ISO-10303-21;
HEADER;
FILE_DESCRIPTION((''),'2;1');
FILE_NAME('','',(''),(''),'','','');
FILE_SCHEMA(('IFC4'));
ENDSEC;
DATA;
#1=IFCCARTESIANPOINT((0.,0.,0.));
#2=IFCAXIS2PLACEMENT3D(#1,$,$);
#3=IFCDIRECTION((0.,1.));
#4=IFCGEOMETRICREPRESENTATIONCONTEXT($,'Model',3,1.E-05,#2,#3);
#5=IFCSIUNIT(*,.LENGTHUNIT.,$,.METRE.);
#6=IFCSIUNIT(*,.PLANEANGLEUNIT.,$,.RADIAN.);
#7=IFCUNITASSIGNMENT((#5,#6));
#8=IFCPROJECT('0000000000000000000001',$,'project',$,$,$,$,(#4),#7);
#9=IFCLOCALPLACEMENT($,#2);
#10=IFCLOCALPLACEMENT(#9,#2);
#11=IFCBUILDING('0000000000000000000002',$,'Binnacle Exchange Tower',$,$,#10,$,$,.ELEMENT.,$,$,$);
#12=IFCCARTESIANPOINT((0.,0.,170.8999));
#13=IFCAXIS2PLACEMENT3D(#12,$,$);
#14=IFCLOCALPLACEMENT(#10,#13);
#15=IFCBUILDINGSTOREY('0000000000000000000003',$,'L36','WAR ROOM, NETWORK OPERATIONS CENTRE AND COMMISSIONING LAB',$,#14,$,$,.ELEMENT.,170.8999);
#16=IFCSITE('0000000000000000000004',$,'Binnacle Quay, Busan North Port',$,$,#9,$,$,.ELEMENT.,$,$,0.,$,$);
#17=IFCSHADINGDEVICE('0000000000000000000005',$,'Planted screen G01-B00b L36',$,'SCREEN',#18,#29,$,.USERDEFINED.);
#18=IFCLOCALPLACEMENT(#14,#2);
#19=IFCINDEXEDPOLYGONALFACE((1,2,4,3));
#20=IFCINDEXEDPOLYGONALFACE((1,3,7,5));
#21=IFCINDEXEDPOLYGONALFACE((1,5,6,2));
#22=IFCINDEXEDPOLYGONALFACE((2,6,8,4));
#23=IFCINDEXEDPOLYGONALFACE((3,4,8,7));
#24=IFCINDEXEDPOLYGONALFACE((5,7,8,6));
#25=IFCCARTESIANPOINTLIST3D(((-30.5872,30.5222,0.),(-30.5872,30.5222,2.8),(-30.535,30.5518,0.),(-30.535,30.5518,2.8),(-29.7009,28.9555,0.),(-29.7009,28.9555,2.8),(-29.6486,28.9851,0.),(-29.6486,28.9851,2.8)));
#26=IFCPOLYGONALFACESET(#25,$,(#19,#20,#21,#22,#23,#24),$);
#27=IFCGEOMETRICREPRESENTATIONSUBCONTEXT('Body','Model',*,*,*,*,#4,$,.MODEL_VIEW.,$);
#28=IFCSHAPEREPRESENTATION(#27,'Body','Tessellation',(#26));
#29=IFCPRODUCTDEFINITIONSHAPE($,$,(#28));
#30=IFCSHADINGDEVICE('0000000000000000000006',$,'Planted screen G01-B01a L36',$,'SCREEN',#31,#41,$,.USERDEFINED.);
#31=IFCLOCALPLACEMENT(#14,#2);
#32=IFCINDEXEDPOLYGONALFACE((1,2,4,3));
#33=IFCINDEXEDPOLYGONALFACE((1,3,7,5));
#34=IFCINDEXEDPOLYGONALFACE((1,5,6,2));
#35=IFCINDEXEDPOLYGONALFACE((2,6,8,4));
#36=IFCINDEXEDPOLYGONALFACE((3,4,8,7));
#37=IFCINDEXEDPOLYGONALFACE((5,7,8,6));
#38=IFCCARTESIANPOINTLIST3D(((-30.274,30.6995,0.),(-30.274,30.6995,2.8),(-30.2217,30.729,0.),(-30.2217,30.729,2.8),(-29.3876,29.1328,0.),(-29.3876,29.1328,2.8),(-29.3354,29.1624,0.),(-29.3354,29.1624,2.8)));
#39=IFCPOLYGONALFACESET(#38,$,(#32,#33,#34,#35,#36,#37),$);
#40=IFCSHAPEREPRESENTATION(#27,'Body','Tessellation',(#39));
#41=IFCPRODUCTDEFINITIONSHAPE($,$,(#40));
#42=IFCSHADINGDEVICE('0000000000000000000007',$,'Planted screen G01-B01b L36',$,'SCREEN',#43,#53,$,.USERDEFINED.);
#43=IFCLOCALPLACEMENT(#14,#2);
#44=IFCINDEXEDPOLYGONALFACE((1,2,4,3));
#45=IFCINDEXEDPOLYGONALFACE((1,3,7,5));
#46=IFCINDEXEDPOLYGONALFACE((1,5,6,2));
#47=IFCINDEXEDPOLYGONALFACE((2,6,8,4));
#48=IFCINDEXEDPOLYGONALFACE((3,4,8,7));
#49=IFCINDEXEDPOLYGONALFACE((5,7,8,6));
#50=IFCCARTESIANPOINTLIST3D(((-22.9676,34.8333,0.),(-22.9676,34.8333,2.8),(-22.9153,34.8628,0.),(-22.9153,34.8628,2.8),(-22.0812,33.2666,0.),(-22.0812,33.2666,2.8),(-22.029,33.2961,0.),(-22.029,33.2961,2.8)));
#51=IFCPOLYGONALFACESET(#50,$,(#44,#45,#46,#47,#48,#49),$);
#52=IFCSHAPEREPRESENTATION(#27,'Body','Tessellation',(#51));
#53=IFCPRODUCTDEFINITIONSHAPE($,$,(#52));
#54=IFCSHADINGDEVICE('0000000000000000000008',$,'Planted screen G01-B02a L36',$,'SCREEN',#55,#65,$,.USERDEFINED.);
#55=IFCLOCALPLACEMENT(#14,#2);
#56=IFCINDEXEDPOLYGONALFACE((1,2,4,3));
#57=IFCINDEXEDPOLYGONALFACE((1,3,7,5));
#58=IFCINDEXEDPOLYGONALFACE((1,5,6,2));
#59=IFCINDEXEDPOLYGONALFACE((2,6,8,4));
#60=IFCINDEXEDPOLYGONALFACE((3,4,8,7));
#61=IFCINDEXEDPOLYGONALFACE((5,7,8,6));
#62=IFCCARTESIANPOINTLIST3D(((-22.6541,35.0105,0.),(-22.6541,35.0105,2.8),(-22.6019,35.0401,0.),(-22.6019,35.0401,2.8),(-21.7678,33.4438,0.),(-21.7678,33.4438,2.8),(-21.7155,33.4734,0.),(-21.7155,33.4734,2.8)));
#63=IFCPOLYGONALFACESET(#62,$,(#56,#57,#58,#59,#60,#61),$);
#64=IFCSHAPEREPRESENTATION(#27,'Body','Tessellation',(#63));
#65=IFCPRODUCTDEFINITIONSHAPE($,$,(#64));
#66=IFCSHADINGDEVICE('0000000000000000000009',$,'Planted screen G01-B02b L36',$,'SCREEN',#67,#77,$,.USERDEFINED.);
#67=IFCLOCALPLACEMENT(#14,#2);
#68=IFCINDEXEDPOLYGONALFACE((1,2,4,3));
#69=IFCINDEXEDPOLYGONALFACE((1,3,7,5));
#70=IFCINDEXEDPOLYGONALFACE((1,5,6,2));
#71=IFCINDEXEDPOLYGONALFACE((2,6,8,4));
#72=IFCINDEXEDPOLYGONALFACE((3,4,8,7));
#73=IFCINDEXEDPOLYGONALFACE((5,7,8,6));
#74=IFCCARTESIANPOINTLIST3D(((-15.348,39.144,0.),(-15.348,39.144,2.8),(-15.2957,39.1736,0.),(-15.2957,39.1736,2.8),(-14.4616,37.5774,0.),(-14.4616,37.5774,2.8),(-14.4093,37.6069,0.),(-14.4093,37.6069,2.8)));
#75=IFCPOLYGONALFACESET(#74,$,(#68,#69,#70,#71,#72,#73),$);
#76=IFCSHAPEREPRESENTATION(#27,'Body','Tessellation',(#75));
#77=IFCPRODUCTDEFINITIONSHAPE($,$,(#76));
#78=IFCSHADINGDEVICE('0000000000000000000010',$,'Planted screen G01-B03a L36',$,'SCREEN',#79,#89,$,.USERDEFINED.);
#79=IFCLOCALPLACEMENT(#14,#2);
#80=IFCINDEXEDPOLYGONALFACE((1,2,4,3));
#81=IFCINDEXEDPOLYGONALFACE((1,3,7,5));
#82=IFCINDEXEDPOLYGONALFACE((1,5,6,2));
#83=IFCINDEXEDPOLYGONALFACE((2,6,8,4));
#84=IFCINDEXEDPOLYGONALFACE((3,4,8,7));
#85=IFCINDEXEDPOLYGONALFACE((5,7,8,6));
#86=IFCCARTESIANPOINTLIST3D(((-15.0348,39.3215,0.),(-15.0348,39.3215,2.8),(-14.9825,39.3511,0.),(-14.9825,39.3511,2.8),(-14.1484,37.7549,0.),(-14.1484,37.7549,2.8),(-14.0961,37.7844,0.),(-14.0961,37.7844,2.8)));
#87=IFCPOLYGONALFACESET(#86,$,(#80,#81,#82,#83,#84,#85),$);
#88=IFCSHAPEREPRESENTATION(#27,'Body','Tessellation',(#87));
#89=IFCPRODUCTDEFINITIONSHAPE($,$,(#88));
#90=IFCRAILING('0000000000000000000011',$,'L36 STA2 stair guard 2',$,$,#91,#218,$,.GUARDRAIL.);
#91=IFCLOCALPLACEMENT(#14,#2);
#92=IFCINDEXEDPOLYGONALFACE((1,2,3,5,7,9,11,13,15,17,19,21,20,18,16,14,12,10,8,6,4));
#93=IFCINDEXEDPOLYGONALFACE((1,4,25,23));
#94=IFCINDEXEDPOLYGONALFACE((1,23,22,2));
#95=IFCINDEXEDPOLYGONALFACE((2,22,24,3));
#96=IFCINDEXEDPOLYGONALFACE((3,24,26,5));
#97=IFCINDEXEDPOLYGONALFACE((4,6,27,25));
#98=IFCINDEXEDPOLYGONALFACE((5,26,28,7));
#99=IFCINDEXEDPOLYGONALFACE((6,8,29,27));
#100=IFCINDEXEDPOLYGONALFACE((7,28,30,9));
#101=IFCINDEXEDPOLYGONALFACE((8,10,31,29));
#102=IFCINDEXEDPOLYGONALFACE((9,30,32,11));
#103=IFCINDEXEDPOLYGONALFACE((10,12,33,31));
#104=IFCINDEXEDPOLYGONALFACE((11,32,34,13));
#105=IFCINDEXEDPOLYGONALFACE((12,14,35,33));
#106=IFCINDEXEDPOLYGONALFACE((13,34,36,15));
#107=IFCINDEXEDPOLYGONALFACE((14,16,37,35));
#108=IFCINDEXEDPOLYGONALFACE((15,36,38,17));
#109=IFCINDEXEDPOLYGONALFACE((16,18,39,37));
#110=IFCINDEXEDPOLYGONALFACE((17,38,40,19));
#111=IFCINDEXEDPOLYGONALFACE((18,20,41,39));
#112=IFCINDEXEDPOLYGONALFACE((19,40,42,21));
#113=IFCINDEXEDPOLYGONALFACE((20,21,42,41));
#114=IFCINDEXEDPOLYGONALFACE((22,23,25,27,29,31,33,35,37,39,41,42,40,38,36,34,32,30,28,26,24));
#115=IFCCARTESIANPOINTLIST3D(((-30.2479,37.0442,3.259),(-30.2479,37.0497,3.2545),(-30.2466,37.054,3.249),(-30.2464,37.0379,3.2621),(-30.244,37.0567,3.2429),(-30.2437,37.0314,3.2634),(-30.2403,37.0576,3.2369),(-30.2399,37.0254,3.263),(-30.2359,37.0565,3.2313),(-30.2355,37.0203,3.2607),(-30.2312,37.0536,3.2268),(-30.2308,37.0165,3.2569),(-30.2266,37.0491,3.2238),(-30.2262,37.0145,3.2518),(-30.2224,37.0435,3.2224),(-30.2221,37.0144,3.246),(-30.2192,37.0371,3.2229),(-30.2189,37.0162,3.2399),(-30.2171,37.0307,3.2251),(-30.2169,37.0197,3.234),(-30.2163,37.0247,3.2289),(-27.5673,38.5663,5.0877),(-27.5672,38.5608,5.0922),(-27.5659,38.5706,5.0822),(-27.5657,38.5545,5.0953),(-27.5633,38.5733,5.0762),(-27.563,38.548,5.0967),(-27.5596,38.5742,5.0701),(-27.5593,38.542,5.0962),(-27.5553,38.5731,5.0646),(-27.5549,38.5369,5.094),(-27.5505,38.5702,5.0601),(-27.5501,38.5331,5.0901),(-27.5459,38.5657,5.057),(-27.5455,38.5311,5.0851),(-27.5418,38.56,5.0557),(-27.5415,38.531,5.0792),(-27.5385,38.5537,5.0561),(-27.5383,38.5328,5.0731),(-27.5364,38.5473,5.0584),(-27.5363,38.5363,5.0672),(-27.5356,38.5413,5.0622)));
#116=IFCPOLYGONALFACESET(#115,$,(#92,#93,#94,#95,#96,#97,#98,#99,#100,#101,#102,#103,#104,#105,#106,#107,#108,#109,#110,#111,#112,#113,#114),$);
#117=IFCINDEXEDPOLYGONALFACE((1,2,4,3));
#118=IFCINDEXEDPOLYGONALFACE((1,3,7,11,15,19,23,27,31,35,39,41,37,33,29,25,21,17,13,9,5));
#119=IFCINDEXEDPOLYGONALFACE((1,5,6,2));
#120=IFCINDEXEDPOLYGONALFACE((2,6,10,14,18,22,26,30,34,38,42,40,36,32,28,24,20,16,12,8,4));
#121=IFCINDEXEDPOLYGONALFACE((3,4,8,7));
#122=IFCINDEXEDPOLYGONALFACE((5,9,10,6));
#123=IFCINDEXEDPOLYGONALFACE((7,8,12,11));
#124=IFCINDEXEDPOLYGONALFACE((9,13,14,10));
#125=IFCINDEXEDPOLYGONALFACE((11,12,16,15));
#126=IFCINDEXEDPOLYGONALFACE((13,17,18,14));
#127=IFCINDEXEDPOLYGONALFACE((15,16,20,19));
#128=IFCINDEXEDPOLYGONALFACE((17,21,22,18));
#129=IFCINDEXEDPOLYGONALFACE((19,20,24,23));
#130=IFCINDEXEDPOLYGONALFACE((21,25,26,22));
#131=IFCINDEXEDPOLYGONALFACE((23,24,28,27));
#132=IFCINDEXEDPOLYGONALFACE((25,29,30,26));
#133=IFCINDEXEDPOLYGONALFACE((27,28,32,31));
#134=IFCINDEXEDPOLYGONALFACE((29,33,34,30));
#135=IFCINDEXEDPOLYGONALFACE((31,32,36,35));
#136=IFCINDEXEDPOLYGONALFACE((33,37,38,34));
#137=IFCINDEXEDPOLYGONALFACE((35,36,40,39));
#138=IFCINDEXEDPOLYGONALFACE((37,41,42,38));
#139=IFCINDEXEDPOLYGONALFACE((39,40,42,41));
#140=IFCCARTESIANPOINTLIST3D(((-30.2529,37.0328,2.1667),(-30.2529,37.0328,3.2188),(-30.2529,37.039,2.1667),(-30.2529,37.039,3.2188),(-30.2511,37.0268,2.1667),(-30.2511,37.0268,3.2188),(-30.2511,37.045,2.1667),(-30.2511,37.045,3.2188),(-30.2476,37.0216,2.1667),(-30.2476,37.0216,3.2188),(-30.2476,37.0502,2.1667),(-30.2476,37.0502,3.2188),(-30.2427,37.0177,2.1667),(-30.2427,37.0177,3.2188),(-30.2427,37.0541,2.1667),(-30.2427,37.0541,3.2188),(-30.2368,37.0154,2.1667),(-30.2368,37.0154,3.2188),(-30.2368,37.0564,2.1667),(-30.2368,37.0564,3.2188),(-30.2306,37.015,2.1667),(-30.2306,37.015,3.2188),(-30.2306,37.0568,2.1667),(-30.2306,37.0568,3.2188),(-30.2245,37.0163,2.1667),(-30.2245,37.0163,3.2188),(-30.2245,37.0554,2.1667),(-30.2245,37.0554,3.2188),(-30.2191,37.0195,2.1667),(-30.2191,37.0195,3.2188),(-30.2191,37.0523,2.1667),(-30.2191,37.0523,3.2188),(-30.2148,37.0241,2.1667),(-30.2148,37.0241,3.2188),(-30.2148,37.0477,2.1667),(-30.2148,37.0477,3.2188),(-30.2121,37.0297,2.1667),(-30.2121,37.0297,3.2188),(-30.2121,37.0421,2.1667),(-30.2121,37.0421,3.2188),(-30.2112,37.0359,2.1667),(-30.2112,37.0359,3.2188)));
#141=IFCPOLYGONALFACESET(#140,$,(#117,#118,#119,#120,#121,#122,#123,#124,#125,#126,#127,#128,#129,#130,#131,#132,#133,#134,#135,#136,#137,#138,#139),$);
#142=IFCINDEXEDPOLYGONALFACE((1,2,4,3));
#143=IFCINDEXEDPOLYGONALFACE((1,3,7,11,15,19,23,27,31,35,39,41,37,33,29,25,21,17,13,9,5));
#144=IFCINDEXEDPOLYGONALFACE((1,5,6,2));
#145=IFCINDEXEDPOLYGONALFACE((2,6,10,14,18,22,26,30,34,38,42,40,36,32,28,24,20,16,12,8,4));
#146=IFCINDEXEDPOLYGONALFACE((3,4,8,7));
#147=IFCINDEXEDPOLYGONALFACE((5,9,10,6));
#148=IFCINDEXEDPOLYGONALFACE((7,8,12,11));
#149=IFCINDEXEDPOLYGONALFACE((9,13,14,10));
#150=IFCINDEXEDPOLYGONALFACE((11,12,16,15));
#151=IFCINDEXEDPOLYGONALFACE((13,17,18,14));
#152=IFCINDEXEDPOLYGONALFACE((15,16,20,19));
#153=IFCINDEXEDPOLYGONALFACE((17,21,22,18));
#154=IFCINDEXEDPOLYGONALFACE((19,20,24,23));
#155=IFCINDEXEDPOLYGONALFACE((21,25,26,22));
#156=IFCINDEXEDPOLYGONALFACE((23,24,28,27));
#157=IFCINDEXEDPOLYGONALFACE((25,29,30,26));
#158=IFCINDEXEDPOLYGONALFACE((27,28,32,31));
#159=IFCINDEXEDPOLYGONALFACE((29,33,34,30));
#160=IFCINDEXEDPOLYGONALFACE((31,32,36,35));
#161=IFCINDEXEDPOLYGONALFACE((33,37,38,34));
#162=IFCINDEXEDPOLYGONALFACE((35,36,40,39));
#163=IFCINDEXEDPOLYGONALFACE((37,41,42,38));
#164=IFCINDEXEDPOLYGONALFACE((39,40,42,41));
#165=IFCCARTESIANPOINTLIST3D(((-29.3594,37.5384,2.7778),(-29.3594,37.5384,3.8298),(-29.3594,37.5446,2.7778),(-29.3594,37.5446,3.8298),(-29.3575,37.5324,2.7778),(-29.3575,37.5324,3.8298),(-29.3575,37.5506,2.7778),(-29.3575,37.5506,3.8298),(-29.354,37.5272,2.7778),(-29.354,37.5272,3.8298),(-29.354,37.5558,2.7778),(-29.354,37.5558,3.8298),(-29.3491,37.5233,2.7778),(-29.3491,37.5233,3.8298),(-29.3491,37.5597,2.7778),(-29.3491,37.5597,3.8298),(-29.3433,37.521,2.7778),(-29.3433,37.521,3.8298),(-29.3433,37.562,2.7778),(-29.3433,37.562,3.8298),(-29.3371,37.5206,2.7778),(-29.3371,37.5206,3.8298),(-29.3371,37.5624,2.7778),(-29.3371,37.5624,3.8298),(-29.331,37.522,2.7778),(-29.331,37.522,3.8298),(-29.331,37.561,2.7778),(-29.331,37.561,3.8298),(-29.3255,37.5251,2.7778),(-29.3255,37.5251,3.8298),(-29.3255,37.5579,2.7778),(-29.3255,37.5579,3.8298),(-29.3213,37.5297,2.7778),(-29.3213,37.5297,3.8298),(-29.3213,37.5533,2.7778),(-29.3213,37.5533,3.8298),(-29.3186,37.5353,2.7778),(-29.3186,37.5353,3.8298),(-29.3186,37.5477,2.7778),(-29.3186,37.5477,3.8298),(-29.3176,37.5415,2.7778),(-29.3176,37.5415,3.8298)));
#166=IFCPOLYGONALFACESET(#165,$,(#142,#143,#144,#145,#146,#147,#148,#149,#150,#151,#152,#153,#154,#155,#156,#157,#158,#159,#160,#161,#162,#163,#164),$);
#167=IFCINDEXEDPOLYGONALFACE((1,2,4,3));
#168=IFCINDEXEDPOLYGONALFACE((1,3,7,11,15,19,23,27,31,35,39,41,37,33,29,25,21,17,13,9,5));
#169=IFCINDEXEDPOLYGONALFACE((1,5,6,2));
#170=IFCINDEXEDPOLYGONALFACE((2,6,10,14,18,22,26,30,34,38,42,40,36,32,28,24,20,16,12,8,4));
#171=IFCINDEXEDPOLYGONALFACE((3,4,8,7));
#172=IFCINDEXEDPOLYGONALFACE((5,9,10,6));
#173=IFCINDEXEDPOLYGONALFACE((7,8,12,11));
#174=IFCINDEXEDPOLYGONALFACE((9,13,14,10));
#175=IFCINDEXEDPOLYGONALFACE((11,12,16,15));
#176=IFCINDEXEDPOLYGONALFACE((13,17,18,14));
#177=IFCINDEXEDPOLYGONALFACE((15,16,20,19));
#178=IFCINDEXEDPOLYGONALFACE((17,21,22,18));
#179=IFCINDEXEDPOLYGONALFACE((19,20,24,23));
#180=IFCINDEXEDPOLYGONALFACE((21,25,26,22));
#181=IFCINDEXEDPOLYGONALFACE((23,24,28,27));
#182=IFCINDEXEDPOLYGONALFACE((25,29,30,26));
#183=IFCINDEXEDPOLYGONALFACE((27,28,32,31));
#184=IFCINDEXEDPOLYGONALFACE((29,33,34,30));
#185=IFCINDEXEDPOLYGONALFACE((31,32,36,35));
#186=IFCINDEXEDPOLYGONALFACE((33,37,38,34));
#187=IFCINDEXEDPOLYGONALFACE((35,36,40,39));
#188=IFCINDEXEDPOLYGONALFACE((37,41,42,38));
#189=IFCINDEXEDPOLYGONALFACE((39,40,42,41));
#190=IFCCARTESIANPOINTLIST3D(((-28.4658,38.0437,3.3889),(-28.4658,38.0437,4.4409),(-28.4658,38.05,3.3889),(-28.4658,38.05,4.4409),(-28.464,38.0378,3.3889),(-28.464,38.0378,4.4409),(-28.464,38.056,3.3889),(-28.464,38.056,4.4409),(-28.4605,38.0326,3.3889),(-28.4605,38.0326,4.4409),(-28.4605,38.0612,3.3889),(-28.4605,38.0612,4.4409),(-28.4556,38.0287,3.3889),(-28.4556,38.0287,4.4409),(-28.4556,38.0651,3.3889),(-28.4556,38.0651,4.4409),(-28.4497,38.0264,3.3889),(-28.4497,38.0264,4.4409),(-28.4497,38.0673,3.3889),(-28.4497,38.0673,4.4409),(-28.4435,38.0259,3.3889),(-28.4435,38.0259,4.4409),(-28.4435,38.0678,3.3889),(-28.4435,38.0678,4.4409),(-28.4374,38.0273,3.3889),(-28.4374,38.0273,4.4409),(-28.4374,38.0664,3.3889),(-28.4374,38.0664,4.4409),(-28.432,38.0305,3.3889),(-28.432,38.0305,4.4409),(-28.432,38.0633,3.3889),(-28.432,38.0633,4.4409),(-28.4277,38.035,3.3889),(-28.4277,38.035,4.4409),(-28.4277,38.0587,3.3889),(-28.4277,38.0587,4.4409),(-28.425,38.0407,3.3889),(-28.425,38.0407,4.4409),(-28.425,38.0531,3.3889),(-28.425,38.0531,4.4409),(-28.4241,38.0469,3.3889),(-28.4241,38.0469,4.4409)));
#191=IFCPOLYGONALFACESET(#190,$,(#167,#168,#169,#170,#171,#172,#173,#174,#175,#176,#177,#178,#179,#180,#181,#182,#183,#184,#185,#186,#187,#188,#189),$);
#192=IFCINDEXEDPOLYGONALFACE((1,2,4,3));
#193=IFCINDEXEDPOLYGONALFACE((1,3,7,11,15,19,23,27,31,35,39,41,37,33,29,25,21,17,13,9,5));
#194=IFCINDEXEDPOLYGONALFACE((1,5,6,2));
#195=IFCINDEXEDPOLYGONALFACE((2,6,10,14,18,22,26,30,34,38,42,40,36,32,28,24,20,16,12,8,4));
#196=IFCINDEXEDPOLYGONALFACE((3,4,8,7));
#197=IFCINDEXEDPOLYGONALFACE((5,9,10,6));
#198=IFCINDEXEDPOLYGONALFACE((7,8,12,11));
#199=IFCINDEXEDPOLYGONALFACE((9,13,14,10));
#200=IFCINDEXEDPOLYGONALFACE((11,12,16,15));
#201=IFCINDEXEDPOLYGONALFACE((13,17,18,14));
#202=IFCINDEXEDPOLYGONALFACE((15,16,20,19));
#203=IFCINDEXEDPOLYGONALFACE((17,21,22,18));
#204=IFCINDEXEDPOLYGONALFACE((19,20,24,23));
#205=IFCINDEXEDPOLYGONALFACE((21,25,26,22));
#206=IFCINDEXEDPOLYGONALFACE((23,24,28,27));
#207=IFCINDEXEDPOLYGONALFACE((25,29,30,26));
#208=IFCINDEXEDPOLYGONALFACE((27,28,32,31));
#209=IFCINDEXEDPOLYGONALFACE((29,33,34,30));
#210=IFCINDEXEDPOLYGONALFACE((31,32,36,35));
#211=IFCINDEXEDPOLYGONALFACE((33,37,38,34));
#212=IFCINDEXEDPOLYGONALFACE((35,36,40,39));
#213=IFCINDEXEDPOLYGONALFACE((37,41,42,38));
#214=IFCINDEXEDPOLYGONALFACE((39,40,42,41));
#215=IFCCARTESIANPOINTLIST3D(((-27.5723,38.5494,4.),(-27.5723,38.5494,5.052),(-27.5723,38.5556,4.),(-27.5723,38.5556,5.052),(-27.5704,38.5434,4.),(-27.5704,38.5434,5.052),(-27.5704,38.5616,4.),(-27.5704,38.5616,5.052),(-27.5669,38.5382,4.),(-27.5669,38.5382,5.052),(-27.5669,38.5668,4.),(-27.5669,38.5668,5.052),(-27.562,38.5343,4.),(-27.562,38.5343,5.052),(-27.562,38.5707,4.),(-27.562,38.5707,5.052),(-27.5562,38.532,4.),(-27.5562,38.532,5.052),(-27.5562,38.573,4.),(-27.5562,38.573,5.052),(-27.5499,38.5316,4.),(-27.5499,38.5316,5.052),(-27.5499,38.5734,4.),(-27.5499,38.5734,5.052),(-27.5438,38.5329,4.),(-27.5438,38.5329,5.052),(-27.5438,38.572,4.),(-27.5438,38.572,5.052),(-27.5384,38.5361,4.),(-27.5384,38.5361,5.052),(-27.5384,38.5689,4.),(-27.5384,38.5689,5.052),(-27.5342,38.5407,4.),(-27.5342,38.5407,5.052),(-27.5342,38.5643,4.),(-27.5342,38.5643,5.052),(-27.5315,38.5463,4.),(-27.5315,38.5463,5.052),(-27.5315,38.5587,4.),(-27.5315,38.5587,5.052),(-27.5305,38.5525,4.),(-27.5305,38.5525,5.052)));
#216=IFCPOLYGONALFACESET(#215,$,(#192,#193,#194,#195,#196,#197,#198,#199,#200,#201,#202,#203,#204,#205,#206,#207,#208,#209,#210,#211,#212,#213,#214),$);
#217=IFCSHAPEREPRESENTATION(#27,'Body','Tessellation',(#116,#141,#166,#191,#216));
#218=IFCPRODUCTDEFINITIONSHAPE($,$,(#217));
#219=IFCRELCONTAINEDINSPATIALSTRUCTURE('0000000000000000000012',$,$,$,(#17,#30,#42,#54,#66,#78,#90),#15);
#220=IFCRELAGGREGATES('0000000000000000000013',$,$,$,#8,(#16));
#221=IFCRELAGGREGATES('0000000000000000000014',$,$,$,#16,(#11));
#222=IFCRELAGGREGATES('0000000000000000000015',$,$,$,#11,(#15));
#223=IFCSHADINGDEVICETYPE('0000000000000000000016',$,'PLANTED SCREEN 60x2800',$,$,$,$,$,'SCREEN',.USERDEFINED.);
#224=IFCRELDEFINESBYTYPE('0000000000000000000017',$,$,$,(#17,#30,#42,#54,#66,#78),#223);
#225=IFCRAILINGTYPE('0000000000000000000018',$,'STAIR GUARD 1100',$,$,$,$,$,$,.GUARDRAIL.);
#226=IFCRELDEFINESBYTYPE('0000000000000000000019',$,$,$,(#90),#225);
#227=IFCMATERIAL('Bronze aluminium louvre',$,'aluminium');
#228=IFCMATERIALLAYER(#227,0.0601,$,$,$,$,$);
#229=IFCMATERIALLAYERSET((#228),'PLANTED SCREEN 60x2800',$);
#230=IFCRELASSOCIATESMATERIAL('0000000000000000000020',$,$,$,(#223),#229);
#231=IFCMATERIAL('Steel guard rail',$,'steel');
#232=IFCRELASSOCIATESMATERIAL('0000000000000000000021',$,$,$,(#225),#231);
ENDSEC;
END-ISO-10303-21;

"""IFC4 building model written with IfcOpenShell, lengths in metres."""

from ifc_helpers import new_model, si_unit, direction, frame, origin, origin_2d, place, context, subcontext, project, spatial, rectangle, circle, extrude, material, layer, layer_set, type_object, element, save


model = new_model("IFC4")

# Units and contexts
model_context = context("Model", 3, precision=1e-05, world=origin(), true_north=direction((0.0, 1.0)))
body_context = subcontext(model_context, "Body", "Model", "MODEL_VIEW")
ifc_project = project(units=[si_unit("LENGTHUNIT", "METRE"), si_unit("PLANEANGLEUNIT", "RADIAN")], contexts=[model_context])

# Site, building, storey
site_placement = place(None, origin())
site = spatial("IfcSite", under=ifc_project, at=site_placement, Name="Binnacle Quay, Busan North Port", CompositionType="ELEMENT", RefElevation=0.0)
building_placement = place(site_placement, origin())
building = spatial("IfcBuilding", under=site, at=building_placement, Name="Binnacle Exchange Tower", CompositionType="ELEMENT")
storey_placement = place(building_placement, frame((0.0, 0.0, 170.8999)))
storey = spatial("IfcBuildingStorey", under=building, at=storey_placement, Name="L36", Description="WAR ROOM, NETWORK OPERATIONS CENTRE AND COMMISSIONING LAB", CompositionType="ELEMENT", Elevation=170.8999)

# Shading devices
ifc_material_1 = material(Name="Bronze aluminium louvre", Category="aluminium")
ifc_layer_1 = layer(ifc_material_1, 0.0601)
ifc_layer_set_1 = layer_set([ifc_layer_1], Name="PLANTED SCREEN 60x2800")
shading_device_type_1 = type_object("IfcShadingDeviceType", Name="PLANTED SCREEN 60x2800", ElementType="SCREEN", PredefinedType="USERDEFINED", material=ifc_layer_set_1)
for number, where, z_axis, x_axis, name in (
    (1, (-30.1179, 29.7537, 0.0), (0.0, 0.0, 1.0), (0.870356, 0.492424, 0.0), "Planted screen G01-B00b L36"),
    (2, (-29.8047, 29.9309, 0.0), (0.0, 0.0, 1.0), (0.870356, 0.492424, 0.0), "Planted screen G01-B01a L36"),
    (3, (-22.4983, 34.0647, 0.0), (0.0, 0.0, 1.0), (0.870356, 0.492424, 0.0), "Planted screen G01-B01b L36"),
    (4, (-22.1848, 34.2419, 0.0), (0.0, 0.0, 1.0), (0.870356, 0.492424, 0.0), "Planted screen G01-B02a L36"),
    (5, (-14.8787, 38.3755, 0.0), (0.0, 0.0, 1.0), (0.870356, 0.492424, 0.0), "Planted screen G01-B02b L36"),
    (6, (-14.5654, 38.553, 0.0), (0.0, 0.0, 1.0), (0.870356, 0.492424, 0.0), "Planted screen G01-B03a L36"),
):
    element("IfcShadingDevice", number, at=place(storey_placement, frame(where, z_axis=z_axis, x_axis=x_axis)), inside=storey, type_object=shading_device_type_1, Name=name, ObjectType="SCREEN", PredefinedType="USERDEFINED", context=body_context, shape_type="SweptSolid", body=[
        extrude(rectangle(XDim=0.0601, YDim=1.8, at=origin_2d()), origin(), (0.0, 0.0, 1.0), 2.8),
    ])

# Railing
ifc_material_2 = material(Name="Steel guard rail", Category="steel")
railing_type_1 = type_object("IfcRailingType", Name="STAIR GUARD 1100", PredefinedType="GUARDRAIL", material=ifc_material_2)
railing_1_placement = place(storey_placement, frame((-30.2322, 37.0359, 2.1667)))
element("IfcRailing", 7, at=railing_1_placement, inside=storey, type_object=railing_type_1, Name="L36 STA2 stair guard 2", PredefinedType="GUARDRAIL", context=body_context, shape_type="SweptSolid", body=[
    extrude(circle(Radius=0.0239, at=origin_2d()), frame((0.0, 0.0, 1.0762), z_axis=(0.747901, 0.423129, 0.511474), x_axis=(-0.492412, 0.870362, 0.0)), (0.0, 0.0, 1.0), 3.5842),
    extrude(circle(Radius=0.021, at=origin_2d()), origin(), (0.0, 0.0, 1.0), 1.052),
    extrude(circle(Radius=0.021, at=origin_2d()), frame((0.8936, 0.5056, 0.6111)), (0.0, 0.0, 1.0), 1.052),
    extrude(circle(Radius=0.021, at=origin_2d()), frame((1.7871, 1.011, 1.2222)), (0.0, 0.0, 1.0), 1.052),
    extrude(circle(Radius=0.021, at=origin_2d()), frame((2.6807, 1.5166, 1.8333)), (0.0, 0.0, 1.0), 1.052),
])

save(model, "model.ifc")
